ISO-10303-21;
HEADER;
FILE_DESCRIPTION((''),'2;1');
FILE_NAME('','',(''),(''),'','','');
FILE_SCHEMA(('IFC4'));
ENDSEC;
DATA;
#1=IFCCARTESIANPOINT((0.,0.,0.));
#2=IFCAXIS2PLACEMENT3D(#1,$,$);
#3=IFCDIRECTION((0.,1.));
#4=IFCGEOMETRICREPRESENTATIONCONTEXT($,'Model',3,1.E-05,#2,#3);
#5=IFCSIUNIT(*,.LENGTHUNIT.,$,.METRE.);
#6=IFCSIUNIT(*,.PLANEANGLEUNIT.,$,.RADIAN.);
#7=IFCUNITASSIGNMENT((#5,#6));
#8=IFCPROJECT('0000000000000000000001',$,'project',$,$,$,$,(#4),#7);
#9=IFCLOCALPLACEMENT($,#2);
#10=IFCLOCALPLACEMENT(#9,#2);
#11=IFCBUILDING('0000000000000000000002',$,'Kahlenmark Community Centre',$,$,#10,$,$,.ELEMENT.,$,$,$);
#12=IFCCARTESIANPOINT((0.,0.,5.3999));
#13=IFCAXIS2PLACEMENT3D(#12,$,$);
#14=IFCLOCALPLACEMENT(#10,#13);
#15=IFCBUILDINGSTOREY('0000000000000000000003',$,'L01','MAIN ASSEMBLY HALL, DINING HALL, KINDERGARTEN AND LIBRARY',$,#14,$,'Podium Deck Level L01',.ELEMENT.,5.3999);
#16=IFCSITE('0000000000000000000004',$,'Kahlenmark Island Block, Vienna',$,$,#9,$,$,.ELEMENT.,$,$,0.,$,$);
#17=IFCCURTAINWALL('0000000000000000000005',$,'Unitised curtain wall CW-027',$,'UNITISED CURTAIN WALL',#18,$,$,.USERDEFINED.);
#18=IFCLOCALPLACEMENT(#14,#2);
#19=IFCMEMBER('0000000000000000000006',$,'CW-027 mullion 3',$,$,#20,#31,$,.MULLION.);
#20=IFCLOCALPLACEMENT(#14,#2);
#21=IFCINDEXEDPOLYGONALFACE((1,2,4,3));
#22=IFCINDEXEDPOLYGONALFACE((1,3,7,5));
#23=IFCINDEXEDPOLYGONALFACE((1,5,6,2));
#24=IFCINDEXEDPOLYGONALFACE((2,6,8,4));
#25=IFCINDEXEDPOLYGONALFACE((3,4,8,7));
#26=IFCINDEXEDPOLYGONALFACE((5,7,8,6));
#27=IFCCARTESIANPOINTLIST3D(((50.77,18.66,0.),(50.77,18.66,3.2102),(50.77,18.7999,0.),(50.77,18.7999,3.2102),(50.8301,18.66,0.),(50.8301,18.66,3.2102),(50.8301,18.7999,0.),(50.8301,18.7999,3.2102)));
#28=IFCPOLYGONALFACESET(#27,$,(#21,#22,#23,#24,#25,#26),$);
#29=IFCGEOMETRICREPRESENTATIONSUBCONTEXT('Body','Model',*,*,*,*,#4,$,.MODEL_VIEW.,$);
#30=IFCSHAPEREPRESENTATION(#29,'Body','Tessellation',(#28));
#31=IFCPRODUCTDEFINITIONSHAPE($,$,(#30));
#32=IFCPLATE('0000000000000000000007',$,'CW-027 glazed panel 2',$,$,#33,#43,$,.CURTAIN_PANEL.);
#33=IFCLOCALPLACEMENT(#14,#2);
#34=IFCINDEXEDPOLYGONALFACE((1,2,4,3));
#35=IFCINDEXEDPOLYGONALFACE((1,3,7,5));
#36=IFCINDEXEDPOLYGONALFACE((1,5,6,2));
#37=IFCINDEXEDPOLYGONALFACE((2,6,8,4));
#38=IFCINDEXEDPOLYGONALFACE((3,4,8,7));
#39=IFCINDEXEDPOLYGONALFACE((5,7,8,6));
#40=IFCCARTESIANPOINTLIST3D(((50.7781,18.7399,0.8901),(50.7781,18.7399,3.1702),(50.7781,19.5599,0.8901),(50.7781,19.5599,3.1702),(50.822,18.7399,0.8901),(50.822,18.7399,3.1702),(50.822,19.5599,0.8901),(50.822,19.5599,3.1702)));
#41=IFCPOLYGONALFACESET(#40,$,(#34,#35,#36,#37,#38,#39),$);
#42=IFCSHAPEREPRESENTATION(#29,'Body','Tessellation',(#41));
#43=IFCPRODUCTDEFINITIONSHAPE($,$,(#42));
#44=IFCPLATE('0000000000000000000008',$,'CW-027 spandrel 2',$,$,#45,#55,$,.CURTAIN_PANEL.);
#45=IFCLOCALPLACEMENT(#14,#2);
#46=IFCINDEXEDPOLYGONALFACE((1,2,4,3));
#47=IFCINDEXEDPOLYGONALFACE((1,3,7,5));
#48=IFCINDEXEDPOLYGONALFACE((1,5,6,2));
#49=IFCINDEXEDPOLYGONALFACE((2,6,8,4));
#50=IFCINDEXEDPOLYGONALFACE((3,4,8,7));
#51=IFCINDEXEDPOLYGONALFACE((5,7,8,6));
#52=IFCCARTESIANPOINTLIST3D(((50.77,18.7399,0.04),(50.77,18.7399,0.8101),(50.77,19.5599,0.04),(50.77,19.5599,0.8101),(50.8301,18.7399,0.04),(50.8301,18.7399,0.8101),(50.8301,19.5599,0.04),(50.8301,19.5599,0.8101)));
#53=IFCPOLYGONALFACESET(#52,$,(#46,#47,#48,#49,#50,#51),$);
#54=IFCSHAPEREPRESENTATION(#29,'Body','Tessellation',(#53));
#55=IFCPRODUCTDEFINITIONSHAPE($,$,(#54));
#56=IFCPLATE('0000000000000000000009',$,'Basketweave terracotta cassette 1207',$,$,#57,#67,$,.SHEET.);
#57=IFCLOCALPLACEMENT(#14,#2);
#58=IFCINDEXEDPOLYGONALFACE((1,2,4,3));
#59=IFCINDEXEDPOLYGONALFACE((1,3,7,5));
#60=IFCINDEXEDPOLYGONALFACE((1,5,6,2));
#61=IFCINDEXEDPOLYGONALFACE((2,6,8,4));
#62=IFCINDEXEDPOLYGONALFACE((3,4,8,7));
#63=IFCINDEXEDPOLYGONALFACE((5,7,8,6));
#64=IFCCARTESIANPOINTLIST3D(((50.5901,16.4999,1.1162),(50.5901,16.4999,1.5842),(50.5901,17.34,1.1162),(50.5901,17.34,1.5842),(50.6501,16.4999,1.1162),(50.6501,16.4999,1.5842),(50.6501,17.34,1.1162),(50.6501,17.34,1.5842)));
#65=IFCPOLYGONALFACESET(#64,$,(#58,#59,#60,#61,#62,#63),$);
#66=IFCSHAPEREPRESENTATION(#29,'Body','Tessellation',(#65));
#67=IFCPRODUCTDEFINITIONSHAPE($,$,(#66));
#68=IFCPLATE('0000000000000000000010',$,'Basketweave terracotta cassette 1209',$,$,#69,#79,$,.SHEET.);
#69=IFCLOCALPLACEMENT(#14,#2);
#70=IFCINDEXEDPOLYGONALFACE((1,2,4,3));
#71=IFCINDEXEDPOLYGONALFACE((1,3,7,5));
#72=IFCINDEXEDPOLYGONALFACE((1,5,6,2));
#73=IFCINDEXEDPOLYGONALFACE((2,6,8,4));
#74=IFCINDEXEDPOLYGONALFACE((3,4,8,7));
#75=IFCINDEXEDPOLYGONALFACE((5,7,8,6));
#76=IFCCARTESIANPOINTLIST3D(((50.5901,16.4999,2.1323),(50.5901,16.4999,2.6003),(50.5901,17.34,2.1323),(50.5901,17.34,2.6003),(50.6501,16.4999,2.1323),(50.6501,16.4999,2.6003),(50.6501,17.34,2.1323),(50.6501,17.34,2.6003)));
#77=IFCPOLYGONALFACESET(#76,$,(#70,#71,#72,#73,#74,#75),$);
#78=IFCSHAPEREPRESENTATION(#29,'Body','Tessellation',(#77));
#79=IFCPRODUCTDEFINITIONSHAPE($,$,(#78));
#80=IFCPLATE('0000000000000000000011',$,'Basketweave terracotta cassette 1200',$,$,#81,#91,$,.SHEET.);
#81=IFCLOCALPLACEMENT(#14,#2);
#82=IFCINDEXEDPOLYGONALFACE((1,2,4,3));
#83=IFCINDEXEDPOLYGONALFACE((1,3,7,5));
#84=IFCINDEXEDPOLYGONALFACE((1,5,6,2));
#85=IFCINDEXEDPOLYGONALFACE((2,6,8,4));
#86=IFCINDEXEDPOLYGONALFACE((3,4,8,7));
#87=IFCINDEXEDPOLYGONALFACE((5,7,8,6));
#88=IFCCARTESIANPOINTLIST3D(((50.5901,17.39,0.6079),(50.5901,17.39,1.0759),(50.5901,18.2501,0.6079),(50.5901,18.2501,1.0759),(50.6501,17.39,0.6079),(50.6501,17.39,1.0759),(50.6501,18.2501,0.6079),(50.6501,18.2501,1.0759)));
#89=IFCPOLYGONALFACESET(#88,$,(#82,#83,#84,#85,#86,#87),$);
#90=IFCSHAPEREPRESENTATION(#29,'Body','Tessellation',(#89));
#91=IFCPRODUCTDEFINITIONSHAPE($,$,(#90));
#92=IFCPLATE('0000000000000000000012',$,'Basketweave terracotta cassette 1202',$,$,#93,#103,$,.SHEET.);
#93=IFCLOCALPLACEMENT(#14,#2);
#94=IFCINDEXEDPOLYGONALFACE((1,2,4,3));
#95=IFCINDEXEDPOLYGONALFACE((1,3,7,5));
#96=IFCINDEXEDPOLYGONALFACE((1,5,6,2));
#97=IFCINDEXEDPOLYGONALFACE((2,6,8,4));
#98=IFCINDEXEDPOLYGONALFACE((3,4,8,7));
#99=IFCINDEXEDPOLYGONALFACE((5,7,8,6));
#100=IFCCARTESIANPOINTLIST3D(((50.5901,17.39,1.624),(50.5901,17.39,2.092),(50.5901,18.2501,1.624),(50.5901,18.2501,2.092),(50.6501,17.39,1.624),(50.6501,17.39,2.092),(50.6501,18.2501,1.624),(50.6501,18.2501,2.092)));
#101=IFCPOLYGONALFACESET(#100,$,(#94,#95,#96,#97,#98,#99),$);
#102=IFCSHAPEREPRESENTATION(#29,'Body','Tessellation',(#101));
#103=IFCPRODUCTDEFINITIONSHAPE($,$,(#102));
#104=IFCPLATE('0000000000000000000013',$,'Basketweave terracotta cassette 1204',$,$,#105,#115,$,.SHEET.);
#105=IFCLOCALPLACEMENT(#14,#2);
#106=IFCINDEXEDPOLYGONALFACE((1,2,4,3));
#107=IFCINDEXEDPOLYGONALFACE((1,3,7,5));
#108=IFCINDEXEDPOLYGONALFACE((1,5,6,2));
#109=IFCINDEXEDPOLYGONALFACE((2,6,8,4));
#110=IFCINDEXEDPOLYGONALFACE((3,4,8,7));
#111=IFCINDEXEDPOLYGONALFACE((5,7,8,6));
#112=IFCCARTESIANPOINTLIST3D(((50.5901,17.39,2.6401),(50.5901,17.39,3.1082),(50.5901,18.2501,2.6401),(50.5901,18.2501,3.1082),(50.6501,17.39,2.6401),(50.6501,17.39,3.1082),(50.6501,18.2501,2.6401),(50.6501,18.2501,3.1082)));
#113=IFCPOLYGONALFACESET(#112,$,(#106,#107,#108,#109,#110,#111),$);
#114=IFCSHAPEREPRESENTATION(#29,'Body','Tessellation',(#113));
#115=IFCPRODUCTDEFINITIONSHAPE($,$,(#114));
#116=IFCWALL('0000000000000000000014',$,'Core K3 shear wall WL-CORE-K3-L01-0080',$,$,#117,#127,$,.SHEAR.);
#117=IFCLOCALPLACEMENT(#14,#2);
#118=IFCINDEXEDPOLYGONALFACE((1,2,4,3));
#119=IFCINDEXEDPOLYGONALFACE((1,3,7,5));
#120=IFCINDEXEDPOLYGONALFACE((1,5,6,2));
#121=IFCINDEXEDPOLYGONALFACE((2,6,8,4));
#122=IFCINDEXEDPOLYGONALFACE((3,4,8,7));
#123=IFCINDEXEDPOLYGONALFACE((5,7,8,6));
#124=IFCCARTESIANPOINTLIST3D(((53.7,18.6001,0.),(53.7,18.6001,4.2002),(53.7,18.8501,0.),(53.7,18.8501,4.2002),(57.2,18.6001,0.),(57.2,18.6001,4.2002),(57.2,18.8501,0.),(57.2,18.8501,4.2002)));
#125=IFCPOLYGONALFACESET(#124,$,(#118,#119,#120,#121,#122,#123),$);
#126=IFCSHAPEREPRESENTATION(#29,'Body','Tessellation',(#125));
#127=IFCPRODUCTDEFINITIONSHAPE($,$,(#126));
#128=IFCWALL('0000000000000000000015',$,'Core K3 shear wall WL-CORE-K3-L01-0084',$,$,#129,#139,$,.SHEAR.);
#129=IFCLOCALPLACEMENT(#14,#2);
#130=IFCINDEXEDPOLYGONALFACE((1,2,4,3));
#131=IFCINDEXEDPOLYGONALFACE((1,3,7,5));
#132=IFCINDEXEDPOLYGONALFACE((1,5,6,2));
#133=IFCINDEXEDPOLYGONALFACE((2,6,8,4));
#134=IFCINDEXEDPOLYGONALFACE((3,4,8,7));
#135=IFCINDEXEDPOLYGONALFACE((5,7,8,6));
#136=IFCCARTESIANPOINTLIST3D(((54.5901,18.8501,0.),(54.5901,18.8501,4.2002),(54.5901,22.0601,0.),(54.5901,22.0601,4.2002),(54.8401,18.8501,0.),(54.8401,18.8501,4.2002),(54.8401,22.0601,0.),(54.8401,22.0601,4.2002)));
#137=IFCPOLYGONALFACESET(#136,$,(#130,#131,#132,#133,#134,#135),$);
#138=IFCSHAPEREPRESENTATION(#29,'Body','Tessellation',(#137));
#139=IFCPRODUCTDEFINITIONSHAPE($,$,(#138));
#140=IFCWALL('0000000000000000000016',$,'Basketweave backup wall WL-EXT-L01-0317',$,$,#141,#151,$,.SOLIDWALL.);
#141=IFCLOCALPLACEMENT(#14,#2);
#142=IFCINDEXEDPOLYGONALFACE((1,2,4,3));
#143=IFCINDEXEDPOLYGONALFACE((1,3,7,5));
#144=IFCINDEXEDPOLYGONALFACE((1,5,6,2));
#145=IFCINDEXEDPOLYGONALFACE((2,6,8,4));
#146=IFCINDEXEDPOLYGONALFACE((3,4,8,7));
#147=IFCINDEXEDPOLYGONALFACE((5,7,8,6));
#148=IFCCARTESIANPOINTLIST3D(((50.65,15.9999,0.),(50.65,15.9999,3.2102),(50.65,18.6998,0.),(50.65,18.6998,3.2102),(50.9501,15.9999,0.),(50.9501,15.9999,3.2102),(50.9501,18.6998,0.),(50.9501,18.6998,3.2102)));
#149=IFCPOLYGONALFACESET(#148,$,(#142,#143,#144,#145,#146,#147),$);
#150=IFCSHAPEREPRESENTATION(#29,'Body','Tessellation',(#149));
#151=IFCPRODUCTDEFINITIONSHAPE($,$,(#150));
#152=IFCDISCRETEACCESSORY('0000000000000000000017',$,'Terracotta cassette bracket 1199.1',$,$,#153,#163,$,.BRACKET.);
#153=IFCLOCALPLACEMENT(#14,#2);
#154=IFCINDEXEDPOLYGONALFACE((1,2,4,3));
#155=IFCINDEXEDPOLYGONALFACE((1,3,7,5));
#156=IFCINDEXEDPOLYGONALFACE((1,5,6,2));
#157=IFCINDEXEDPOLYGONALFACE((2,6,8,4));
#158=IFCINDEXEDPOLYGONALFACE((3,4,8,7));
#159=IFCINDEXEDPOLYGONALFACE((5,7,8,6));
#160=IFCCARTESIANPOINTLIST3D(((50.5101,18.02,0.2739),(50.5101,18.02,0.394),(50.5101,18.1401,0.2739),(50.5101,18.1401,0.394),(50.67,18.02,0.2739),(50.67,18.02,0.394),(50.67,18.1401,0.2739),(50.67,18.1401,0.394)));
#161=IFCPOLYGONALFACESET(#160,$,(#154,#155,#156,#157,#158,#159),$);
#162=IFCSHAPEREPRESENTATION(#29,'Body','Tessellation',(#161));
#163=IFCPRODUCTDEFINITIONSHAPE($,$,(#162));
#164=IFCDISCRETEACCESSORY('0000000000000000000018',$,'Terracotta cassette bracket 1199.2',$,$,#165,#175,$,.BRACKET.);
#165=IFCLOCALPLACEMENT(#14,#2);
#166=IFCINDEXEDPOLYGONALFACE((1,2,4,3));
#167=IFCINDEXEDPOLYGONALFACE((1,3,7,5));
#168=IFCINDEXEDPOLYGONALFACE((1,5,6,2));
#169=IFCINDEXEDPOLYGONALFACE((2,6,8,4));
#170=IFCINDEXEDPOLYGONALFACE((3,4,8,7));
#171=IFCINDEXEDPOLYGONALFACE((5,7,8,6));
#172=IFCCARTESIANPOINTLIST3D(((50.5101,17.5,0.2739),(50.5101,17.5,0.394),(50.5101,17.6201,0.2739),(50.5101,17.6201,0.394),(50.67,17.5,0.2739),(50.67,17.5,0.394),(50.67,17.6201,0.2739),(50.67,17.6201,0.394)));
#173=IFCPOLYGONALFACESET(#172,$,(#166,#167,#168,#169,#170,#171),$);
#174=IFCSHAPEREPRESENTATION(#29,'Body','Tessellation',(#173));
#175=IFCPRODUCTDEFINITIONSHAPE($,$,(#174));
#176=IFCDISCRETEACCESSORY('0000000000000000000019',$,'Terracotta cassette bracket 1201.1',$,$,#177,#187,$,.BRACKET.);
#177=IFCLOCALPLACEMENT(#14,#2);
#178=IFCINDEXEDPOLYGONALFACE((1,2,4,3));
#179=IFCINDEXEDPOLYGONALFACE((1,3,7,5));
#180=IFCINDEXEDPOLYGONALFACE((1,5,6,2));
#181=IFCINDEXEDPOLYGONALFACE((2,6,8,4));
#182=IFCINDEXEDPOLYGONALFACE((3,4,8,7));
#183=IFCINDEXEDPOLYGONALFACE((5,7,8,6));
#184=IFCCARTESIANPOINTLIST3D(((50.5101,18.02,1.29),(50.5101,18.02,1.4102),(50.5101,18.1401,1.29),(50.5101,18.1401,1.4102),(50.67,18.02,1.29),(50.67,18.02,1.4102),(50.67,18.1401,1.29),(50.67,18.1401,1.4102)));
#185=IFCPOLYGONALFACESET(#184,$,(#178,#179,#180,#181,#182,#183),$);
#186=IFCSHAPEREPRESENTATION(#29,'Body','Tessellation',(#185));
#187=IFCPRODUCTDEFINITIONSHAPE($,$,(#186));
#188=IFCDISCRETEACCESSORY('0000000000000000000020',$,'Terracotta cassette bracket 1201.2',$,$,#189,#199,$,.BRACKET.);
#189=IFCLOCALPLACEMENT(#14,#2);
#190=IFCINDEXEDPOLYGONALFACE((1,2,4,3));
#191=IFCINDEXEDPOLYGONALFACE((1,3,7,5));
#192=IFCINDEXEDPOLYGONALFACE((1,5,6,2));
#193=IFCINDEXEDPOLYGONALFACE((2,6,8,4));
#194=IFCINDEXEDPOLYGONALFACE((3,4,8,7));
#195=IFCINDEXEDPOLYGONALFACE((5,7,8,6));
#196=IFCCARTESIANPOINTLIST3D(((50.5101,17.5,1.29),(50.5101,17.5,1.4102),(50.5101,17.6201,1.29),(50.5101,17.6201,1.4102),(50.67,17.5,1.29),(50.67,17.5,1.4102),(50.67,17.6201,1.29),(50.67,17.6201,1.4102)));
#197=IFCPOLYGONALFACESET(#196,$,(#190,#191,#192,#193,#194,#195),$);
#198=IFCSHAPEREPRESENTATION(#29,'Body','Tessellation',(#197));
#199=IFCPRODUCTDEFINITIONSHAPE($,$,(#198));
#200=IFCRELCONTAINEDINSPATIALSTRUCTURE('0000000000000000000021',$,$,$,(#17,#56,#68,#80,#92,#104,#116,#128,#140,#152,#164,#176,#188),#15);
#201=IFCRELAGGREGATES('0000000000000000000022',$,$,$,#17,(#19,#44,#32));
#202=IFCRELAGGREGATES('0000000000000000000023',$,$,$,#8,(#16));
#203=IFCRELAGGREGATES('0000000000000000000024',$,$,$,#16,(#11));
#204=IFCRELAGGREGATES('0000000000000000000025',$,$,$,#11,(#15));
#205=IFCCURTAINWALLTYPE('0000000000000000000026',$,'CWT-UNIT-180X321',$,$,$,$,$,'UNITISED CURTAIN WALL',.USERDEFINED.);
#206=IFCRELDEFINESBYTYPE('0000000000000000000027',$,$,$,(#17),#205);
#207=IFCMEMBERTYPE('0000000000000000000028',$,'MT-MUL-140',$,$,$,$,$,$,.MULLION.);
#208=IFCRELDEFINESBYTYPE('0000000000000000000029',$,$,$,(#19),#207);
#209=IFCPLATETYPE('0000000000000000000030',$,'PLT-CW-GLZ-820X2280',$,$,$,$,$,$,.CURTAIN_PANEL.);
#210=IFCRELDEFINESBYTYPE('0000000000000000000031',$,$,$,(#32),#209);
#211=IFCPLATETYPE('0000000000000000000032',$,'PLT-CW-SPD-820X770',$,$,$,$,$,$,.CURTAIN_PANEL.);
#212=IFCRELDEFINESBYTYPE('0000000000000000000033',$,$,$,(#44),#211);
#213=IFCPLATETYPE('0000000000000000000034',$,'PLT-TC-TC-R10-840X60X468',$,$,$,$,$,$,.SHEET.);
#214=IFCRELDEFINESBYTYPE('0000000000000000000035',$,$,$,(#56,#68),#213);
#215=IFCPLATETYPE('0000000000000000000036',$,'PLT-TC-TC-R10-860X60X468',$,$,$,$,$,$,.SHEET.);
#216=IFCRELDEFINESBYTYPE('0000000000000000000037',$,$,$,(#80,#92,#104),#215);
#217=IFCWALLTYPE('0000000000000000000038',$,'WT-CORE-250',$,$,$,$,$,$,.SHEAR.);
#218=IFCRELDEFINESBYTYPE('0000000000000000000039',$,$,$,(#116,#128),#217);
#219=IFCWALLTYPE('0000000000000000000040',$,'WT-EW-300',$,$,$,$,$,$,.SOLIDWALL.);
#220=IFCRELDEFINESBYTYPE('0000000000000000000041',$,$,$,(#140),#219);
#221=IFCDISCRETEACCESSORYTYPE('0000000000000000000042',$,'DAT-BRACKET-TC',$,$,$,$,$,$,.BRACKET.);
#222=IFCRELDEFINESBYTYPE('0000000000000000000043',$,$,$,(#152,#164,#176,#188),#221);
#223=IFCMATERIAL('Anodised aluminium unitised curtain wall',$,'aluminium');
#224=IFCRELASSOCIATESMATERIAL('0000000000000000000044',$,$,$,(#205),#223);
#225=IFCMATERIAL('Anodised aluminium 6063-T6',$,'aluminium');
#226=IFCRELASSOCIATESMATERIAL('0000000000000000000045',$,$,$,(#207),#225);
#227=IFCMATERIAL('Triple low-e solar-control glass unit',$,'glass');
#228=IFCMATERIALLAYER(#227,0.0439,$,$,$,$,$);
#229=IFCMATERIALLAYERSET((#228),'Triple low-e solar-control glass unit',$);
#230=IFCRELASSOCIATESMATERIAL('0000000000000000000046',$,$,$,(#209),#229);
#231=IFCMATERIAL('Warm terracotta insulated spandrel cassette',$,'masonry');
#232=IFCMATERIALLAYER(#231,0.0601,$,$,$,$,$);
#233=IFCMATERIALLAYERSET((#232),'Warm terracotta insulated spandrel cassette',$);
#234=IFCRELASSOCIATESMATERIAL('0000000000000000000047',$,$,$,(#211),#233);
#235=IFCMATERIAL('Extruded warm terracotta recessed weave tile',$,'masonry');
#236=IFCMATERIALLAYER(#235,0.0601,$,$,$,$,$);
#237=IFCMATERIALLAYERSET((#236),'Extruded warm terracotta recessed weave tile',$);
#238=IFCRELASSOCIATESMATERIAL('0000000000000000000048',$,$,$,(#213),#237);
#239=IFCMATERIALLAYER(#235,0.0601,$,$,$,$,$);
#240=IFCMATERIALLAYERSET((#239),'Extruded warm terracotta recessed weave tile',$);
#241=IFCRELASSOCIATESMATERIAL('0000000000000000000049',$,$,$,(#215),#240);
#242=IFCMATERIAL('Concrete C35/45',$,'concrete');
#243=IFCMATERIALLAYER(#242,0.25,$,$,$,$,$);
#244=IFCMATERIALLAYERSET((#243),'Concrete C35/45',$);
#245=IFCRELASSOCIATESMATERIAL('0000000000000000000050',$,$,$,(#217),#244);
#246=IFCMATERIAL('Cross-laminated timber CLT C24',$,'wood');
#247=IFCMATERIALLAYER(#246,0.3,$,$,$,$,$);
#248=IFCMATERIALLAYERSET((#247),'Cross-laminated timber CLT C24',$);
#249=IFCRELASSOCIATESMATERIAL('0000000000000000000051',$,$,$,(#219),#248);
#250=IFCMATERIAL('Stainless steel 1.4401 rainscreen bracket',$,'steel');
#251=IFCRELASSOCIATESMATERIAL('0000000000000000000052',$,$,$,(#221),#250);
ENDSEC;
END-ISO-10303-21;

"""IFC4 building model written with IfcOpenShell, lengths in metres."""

from ifc_helpers import new_model, si_unit, direction, frame, frame_2d, origin, origin_2d, place, context, subcontext, project, spatial, rectangle, extrude, material, layer, layer_set, material_profile, profile_set, type_object, element, aggregate, save


model = new_model("IFC4")

# Units and contexts
model_context = context("Model", 3, precision=1e-05, world=origin(), true_north=direction((0.0, 1.0)))
body_context = subcontext(model_context, "Body", "Model", "MODEL_VIEW")
ifc_project = project(units=[si_unit("LENGTHUNIT", "METRE"), si_unit("PLANEANGLEUNIT", "RADIAN")], contexts=[model_context])

# Site, building, storey
site_placement = place(None, origin())
site = spatial("IfcSite", under=ifc_project, at=site_placement, Name="Kahlenmark Island Block, Vienna", CompositionType="ELEMENT", RefElevation=0.0)
building_placement = place(site_placement, origin())
building = spatial("IfcBuilding", under=site, at=building_placement, Name="Kahlenmark Community Centre", CompositionType="ELEMENT")
storey_placement = place(building_placement, frame((0.0, 0.0, 5.3999)))
storey = spatial("IfcBuildingStorey", under=building, at=storey_placement, Name="L01", Description="MAIN ASSEMBLY HALL, DINING HALL, KINDERGARTEN AND LIBRARY", LongName="Podium Deck Level L01", CompositionType="ELEMENT", Elevation=5.3999)

# Curtain wall, member, plates
ifc_material_1 = material(Name="Anodised aluminium unitised curtain wall", Category="aluminium")
curtain_wall_type = type_object("IfcCurtainWallType", Name="CWT-UNIT-180X321", ElementType="UNITISED CURTAIN WALL", PredefinedType="USERDEFINED", material=ifc_material_1)
curtain_wall_placement = place(storey_placement, origin())
curtain_wall = element("IfcCurtainWall", 1, at=curtain_wall_placement, inside=storey, type_object=curtain_wall_type, Name="Unitised curtain wall CW-027", ObjectType="UNITISED CURTAIN WALL", PredefinedType="USERDEFINED")
ifc_material_2 = material(Name="Anodised aluminium 6063-T6", Category="aluminium")
ifc_material_profile = material_profile(ifc_material_2, rectangle(XDim=0.0601, YDim=0.1399, at=origin_2d()), Name="ALU MULLION 60x140")
ifc_profile_set = profile_set([ifc_material_profile], Name="Anodised aluminium 6063-T6")
member_type = type_object("IfcMemberType", Name="MT-MUL-140", PredefinedType="MULLION", material=ifc_profile_set)
member_placement = place(storey_placement, frame((50.8, 18.73, 0.0), z_axis=(0.0, 0.0, 1.0), x_axis=(1.0, 0.0, 0.0)))
member = element("IfcMember", 2, at=member_placement, type_object=member_type, Name="CW-027 mullion 3", PredefinedType="MULLION", context=body_context, shape_type="SweptSolid", body=[
    extrude(rectangle(XDim=0.0601, YDim=0.1399, at=origin_2d()), origin(), (0.0, 0.0, 1.0), 3.2102),
])
ifc_material_3 = material(Name="Triple low-e solar-control glass unit", Category="glass")
ifc_layer_1 = layer(ifc_material_3, 0.0439)
ifc_layer_set_1 = layer_set([ifc_layer_1], Name="Triple low-e solar-control glass unit")
plate_type_1 = type_object("IfcPlateType", Name="PLT-CW-GLZ-820X2280", PredefinedType="CURTAIN_PANEL", material=ifc_layer_set_1)
plate_1_placement = place(storey_placement, frame((50.8, 19.1499, 0.8901), z_axis=(0.0, 0.0, 1.0), x_axis=(0.0, -1.0, 0.0)))
plate_1 = element("IfcPlate", 3, at=plate_1_placement, type_object=plate_type_1, Name="CW-027 glazed panel 2", PredefinedType="CURTAIN_PANEL", context=body_context, shape_type="SweptSolid", body=[
    extrude(rectangle(XDim=0.8201, YDim=0.0439, at=origin_2d()), origin(), (0.0, 0.0, 1.0), 2.28),
])
ifc_material_4 = material(Name="Warm terracotta insulated spandrel cassette", Category="masonry")
ifc_layer_2 = layer(ifc_material_4, 0.0601)
ifc_layer_set_2 = layer_set([ifc_layer_2], Name="Warm terracotta insulated spandrel cassette")
plate_type_2 = type_object("IfcPlateType", Name="PLT-CW-SPD-820X770", PredefinedType="CURTAIN_PANEL", material=ifc_layer_set_2)
plate_2_placement = place(storey_placement, frame((50.8, 19.1499, 0.04), z_axis=(0.0, 0.0, 1.0), x_axis=(0.0, -1.0, 0.0)))
plate_2 = element("IfcPlate", 4, at=plate_2_placement, type_object=plate_type_2, Name="CW-027 spandrel 2", PredefinedType="CURTAIN_PANEL", context=body_context, shape_type="SweptSolid", body=[
    extrude(rectangle(XDim=0.8201, YDim=0.0601, at=origin_2d()), origin(), (0.0, 0.0, 1.0), 0.77),
])
aggregate(curtain_wall, [member, plate_2, plate_1])

# Plates
ifc_material_5 = material(Name="Extruded warm terracotta recessed weave tile", Category="masonry")
ifc_layer_3 = layer(ifc_material_5, 0.0601)
ifc_layer_set_3 = layer_set([ifc_layer_3], Name="Extruded warm terracotta recessed weave tile")
plate_type_3 = type_object("IfcPlateType", Name="PLT-TC-TC-R10-840X60X468", PredefinedType="SHEET", material=ifc_layer_set_3)
for number, where, z_axis, x_axis, name in (
    (5, (50.6201, 16.9199, 1.1162), (0.0, 0.0, 1.0), (0.0, -1.0, 0.0), "Basketweave terracotta cassette 1207"),
    (6, (50.6201, 16.9199, 2.1323), (0.0, 0.0, 1.0), (0.0, -1.0, 0.0), "Basketweave terracotta cassette 1209"),
):
    element("IfcPlate", number, at=place(storey_placement, frame(where, z_axis=z_axis, x_axis=x_axis)), inside=storey, type_object=plate_type_3, Name=name, PredefinedType="SHEET", context=body_context, shape_type="SweptSolid", body=[
        extrude(rectangle(XDim=0.8401, YDim=0.0601, at=origin_2d()), origin(), (0.0, 0.0, 1.0), 0.468),
    ])
ifc_layer_4 = layer(ifc_material_5, 0.0601)
ifc_layer_set_4 = layer_set([ifc_layer_4], Name="Extruded warm terracotta recessed weave tile")
plate_type_4 = type_object("IfcPlateType", Name="PLT-TC-TC-R10-860X60X468", PredefinedType="SHEET", material=ifc_layer_set_4)
for number, where, z_axis, x_axis, name in (
    (7, (50.6201, 17.8201, 0.6079), (0.0, 0.0, 1.0), (0.0, -1.0, 0.0), "Basketweave terracotta cassette 1200"),
    (8, (50.6201, 17.8201, 1.624), (0.0, 0.0, 1.0), (0.0, -1.0, 0.0), "Basketweave terracotta cassette 1202"),
    (9, (50.6201, 17.8201, 2.6401), (0.0, 0.0, 1.0), (0.0, -1.0, 0.0), "Basketweave terracotta cassette 1204"),
):
    element("IfcPlate", number, at=place(storey_placement, frame(where, z_axis=z_axis, x_axis=x_axis)), inside=storey, type_object=plate_type_4, Name=name, PredefinedType="SHEET", context=body_context, shape_type="SweptSolid", body=[
        extrude(rectangle(XDim=0.8601, YDim=0.0601, at=origin_2d()), origin(), (0.0, 0.0, 1.0), 0.468),
    ])

# Wall
ifc_material_6 = material(Name="Concrete C35/45", Category="concrete")
ifc_layer_5 = layer(ifc_material_6, 0.25)
ifc_layer_set_5 = layer_set([ifc_layer_5], Name="Concrete C35/45")
wall_type_1 = type_object("IfcWallType", Name="WT-CORE-250", PredefinedType="SHEAR", material=ifc_layer_set_5)
wall_1_placement = place(storey_placement, frame((57.2, 18.7251, 0.0), z_axis=(0.0, 0.0, 1.0), x_axis=(-1.0, 0.0, 0.0)))
element("IfcWall", 10, at=wall_1_placement, inside=storey, type_object=wall_type_1, Name="Core K3 shear wall WL-CORE-K3-L01-0080", PredefinedType="SHEAR", context=body_context, shape_type="SweptSolid", body=[
    extrude(rectangle(XDim=3.5, YDim=0.25, at=frame_2d((1.75, 0.0))), origin(), (0.0, 0.0, 1.0), 4.2002),
])

# Walls
wall_2_placement = place(storey_placement, frame((54.7151, 18.8501, 0.0), z_axis=(0.0, 0.0, 1.0), x_axis=(0.0, 1.0, 0.0)))
element("IfcWall", 11, at=wall_2_placement, inside=storey, type_object=wall_type_1, Name="Core K3 shear wall WL-CORE-K3-L01-0084", PredefinedType="SHEAR", context=body_context, shape_type="SweptSolid", body=[
    extrude(rectangle(XDim=3.21, YDim=0.25, at=frame_2d((1.605, 0.0))), origin(), (0.0, 0.0, 1.0), 4.2002),
])
ifc_material_7 = material(Name="Cross-laminated timber CLT C24", Category="wood")
ifc_layer_6 = layer(ifc_material_7, 0.3)
ifc_layer_set_6 = layer_set([ifc_layer_6], Name="Cross-laminated timber CLT C24")
wall_type_2 = type_object("IfcWallType", Name="WT-EW-300", PredefinedType="SOLIDWALL", material=ifc_layer_set_6)
wall_3_placement = place(storey_placement, frame((50.8, 18.7, 0.0), z_axis=(0.0, 0.0, 1.0), x_axis=(0.0, -1.0, 0.0)))
element("IfcWall", 12, at=wall_3_placement, inside=storey, type_object=wall_type_2, Name="Basketweave backup wall WL-EXT-L01-0317", PredefinedType="SOLIDWALL", context=body_context, shape_type="SweptSolid", body=[
    extrude(rectangle(XDim=2.7, YDim=0.3, at=frame_2d((1.3501, 0.0))), origin(), (0.0, 0.0, 1.0), 3.2102),
])

# Discrete accessories
ifc_material_8 = material(Name="Stainless steel 1.4401 rainscreen bracket", Category="steel")
discrete_accessory_type = type_object("IfcDiscreteAccessoryType", Name="DAT-BRACKET-TC", PredefinedType="BRACKET", material=ifc_material_8)
for number, where, z_axis, x_axis, name in (
    (13, (50.5901, 18.0801, 0.2739), (0.0, 0.0, 1.0), (0.0, -1.0, 0.0), "Terracotta cassette bracket 1199.1"),
    (14, (50.5901, 17.5601, 0.2739), (0.0, 0.0, 1.0), (0.0, -1.0, 0.0), "Terracotta cassette bracket 1199.2"),
    (15, (50.5901, 18.0801, 1.29), (0.0, 0.0, 1.0), (0.0, -1.0, 0.0), "Terracotta cassette bracket 1201.1"),
    (16, (50.5901, 17.5601, 1.29), (0.0, 0.0, 1.0), (0.0, -1.0, 0.0), "Terracotta cassette bracket 1201.2"),
):
    element("IfcDiscreteAccessory", number, at=place(storey_placement, frame(where, z_axis=z_axis, x_axis=x_axis)), inside=storey, type_object=discrete_accessory_type, Name=name, PredefinedType="BRACKET", context=body_context, shape_type="SweptSolid", body=[
        extrude(rectangle(XDim=0.1201, YDim=0.1599, at=origin_2d()), origin(), (0.0, 0.0, 1.0), 0.1201),
    ])

save(model, "model.ifc")
